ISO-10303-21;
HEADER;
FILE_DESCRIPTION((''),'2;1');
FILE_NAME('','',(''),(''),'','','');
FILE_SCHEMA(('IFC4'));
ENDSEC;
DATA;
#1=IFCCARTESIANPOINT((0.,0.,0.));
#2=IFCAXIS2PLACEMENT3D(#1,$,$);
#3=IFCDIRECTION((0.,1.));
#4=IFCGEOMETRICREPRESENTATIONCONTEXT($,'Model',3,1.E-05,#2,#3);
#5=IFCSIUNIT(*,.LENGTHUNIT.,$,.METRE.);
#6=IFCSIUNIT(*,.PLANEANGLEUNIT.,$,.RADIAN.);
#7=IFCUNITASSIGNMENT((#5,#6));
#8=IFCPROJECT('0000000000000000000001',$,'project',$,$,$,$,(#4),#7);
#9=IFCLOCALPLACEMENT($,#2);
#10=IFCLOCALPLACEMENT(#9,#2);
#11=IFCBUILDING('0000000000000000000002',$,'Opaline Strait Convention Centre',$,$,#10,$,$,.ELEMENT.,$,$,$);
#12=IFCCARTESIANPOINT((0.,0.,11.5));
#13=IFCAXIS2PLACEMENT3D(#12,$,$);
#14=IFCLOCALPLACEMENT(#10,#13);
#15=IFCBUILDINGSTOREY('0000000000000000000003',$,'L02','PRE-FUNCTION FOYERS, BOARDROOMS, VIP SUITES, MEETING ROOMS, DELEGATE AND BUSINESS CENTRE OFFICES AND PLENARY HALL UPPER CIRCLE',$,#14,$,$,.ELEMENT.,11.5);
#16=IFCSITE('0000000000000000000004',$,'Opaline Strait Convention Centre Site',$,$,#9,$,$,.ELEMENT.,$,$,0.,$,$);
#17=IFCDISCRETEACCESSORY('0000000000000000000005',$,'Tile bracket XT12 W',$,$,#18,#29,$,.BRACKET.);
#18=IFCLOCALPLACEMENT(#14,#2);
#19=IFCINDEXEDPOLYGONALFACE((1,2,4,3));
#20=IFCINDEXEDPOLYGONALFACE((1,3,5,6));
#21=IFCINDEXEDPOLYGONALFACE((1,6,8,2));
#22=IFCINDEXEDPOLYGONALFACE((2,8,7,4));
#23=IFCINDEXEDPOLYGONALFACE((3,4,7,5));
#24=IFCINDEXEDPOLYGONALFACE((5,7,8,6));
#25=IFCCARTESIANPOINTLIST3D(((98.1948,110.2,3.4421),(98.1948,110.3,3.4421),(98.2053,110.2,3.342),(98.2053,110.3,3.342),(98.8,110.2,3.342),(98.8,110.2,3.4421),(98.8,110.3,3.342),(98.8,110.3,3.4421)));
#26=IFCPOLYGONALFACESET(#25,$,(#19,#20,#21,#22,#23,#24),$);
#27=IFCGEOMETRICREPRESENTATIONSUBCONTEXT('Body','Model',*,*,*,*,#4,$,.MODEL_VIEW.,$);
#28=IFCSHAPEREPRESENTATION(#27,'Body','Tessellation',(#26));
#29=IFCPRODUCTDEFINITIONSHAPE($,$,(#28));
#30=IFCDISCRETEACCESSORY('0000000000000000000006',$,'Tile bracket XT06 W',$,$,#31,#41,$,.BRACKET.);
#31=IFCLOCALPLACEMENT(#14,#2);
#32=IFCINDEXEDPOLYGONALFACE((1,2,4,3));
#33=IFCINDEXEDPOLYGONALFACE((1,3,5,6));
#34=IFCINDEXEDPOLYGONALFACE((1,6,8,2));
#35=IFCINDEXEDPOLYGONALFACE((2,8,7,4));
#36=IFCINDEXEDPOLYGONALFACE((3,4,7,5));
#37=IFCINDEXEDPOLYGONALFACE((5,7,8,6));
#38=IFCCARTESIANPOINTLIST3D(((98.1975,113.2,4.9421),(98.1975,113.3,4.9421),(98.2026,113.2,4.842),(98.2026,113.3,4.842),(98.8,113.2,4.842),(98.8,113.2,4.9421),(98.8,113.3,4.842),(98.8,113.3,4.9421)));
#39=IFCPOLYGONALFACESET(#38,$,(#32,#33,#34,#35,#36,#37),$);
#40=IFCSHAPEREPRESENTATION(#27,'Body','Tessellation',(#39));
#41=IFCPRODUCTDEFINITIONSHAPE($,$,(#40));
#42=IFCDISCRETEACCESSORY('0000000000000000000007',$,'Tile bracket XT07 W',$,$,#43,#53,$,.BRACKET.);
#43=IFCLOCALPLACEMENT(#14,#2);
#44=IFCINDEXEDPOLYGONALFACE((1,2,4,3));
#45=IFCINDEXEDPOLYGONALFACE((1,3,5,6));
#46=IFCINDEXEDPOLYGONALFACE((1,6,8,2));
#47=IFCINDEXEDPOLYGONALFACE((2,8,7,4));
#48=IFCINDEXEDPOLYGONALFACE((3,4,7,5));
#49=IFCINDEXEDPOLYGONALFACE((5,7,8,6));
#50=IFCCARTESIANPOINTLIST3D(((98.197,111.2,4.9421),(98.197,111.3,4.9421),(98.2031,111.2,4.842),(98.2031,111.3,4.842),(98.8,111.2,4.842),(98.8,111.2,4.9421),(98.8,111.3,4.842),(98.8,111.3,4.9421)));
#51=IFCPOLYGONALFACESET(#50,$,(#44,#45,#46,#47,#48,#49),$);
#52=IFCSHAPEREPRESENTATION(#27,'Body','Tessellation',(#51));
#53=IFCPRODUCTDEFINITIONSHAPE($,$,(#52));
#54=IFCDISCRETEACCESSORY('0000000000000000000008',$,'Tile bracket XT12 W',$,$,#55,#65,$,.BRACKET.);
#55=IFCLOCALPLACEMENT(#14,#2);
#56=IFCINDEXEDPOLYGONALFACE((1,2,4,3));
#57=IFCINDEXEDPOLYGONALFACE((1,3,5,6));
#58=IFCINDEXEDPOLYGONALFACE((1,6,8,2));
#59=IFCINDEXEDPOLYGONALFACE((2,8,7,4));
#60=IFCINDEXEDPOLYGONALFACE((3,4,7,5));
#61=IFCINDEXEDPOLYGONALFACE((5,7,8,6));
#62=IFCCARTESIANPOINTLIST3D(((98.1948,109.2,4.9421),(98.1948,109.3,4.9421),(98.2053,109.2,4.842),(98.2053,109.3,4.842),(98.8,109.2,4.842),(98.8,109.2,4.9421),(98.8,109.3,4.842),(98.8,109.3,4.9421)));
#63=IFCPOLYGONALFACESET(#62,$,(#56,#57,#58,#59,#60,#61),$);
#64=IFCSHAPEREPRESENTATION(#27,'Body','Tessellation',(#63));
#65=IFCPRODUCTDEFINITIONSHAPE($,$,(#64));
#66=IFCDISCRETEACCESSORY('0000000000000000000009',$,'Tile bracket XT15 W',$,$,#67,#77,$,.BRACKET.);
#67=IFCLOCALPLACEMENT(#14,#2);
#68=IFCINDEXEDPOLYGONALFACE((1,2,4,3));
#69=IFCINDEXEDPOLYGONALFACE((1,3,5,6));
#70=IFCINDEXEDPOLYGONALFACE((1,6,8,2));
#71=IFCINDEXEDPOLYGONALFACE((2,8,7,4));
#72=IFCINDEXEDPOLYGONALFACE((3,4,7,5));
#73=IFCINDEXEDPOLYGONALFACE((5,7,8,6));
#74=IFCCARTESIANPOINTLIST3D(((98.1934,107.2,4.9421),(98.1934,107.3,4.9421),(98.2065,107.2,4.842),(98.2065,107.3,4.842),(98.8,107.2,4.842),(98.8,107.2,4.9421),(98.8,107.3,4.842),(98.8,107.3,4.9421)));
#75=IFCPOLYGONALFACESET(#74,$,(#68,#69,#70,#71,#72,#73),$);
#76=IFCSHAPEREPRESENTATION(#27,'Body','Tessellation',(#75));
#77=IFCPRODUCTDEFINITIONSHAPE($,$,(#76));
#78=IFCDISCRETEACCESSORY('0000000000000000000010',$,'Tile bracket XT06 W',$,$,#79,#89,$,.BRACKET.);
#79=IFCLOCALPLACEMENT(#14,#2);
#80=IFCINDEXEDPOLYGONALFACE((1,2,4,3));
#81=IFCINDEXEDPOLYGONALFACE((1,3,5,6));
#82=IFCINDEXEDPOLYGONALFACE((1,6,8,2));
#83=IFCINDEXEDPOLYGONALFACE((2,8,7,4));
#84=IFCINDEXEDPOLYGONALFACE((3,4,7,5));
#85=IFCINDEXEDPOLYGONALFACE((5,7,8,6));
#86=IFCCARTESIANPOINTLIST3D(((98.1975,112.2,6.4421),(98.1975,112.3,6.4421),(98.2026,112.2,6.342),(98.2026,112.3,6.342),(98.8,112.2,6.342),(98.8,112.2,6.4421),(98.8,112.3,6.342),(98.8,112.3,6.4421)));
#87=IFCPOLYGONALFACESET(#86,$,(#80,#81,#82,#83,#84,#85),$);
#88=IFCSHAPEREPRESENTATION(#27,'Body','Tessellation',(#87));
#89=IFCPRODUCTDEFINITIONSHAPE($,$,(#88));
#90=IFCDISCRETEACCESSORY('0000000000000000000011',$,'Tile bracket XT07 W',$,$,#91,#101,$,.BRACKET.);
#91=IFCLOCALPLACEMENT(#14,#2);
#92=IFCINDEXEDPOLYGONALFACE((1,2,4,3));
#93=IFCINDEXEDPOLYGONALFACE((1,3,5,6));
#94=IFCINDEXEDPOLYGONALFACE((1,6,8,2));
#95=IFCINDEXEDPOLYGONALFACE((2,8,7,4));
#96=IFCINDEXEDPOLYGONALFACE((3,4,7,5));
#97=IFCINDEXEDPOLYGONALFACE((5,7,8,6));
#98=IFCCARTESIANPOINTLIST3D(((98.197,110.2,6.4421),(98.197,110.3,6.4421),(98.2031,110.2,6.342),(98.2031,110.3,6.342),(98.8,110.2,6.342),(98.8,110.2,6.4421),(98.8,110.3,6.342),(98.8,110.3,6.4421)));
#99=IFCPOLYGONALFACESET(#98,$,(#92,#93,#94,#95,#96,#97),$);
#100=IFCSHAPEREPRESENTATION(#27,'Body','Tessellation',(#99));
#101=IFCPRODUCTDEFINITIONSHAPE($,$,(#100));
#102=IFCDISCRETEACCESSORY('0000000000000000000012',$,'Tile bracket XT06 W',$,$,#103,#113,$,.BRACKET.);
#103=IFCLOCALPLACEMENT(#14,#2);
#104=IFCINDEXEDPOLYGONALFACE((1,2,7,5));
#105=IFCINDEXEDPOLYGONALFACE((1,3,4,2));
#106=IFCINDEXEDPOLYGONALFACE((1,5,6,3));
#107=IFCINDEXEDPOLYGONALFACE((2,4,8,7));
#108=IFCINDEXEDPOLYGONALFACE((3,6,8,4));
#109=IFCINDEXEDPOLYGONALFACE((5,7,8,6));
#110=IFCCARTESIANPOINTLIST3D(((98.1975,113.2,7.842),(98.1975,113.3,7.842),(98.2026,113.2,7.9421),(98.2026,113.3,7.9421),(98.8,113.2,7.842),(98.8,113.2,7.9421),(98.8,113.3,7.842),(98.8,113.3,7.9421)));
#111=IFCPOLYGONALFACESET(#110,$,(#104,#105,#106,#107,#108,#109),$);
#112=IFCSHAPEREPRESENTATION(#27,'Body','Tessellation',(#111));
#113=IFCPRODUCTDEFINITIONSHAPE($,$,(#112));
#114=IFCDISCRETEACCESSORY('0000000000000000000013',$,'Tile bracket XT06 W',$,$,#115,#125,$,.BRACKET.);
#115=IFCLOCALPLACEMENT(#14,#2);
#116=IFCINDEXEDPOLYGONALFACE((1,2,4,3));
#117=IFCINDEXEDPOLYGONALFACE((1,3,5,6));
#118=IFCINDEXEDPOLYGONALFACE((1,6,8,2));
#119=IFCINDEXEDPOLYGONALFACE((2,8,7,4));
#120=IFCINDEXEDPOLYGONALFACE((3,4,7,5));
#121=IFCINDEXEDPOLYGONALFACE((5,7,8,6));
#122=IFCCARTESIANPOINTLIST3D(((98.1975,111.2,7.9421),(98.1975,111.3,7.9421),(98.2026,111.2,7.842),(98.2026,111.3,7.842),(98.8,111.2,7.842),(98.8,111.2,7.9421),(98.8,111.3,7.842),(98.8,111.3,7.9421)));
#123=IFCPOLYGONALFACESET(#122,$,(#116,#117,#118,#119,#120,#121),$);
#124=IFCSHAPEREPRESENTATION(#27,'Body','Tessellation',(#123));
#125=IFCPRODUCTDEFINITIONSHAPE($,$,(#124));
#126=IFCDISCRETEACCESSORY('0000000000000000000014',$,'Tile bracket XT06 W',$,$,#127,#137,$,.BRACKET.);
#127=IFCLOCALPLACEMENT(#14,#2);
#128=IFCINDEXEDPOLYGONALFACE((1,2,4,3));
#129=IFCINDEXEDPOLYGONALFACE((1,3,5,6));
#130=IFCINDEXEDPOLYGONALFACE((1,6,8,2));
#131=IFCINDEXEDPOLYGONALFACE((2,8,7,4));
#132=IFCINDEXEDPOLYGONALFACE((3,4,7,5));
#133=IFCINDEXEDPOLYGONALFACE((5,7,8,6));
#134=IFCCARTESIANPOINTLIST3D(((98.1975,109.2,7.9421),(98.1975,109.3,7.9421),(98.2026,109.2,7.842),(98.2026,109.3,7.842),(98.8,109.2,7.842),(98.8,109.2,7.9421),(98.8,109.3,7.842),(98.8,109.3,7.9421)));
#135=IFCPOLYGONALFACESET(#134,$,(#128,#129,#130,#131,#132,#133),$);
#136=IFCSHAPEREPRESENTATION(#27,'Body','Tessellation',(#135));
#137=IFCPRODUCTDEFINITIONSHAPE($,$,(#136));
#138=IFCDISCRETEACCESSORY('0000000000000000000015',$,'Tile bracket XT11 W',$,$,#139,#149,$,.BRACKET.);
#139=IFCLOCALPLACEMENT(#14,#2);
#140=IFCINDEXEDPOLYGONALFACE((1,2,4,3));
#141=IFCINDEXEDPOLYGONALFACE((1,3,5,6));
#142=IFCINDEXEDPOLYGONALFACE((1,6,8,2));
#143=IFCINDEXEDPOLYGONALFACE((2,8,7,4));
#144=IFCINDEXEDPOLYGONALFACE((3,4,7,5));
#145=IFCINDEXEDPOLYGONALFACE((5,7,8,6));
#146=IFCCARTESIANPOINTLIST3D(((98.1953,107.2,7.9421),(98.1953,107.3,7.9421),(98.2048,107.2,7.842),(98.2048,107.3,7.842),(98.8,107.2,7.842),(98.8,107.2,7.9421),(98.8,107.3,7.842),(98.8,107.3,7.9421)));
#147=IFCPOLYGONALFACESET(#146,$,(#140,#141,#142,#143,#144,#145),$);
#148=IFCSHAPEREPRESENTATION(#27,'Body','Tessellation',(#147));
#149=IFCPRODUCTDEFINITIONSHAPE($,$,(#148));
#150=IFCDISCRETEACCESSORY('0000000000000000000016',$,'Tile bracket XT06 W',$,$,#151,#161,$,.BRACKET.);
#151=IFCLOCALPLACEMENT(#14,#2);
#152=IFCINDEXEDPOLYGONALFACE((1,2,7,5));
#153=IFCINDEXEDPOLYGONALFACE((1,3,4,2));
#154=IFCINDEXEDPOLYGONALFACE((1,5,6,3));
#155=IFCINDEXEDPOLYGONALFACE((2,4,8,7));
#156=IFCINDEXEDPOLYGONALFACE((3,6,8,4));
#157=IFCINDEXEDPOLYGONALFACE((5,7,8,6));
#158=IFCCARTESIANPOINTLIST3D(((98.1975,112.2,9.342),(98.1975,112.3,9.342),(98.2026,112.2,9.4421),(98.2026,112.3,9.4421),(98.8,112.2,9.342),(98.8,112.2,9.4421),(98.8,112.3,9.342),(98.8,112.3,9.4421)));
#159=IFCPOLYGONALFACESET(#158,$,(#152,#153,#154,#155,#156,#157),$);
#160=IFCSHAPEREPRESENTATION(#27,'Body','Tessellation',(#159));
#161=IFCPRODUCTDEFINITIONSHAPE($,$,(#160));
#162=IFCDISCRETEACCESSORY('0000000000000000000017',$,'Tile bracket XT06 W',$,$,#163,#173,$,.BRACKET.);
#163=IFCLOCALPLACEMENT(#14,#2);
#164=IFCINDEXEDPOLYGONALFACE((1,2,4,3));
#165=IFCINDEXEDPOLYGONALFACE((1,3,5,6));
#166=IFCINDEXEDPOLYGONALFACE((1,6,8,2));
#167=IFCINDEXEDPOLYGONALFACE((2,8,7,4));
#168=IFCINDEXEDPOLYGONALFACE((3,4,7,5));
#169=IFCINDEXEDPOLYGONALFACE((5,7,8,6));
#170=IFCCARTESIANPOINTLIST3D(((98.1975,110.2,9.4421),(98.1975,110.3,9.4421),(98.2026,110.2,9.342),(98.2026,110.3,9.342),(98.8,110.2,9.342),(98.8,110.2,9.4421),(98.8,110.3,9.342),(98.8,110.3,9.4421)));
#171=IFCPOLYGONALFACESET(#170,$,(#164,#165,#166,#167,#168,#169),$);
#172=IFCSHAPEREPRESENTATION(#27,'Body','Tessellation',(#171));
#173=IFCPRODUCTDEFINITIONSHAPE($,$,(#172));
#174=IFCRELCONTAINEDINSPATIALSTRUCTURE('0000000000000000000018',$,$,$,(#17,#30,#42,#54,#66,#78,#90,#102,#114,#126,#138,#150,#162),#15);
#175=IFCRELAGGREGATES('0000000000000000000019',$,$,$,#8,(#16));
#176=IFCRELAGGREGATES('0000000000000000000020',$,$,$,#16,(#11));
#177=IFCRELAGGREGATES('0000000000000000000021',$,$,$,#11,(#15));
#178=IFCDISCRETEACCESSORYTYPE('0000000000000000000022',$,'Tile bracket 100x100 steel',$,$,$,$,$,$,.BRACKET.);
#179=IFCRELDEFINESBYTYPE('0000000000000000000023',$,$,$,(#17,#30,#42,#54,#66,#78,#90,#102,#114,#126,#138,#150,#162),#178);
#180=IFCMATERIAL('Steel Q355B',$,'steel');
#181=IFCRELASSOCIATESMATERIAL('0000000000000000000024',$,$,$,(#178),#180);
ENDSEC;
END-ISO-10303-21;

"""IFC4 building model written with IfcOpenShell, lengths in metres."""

from ifc_helpers import new_model, si_unit, direction, frame, origin, place, context, subcontext, project, spatial, polyline, outline, extrude, material, type_object, element, save


model = new_model("IFC4")

# Units and contexts
model_context = context("Model", 3, precision=1e-05, world=origin(), true_north=direction((0.0, 1.0)))
body_context = subcontext(model_context, "Body", "Model", "MODEL_VIEW")
ifc_project = project(units=[si_unit("LENGTHUNIT", "METRE"), si_unit("PLANEANGLEUNIT", "RADIAN")], contexts=[model_context])

# Site, building, storey
site_placement = place(None, origin())
site = spatial("IfcSite", under=ifc_project, at=site_placement, Name="Opaline Strait Convention Centre Site", CompositionType="ELEMENT", RefElevation=0.0)
building_placement = place(site_placement, origin())
building = spatial("IfcBuilding", under=site, at=building_placement, Name="Opaline Strait Convention Centre", CompositionType="ELEMENT")
storey_placement = place(building_placement, frame((0.0, 0.0, 11.5)))
storey = spatial("IfcBuildingStorey", under=building, at=storey_placement, Name="L02", Description="PRE-FUNCTION FOYERS, BOARDROOMS, VIP SUITES, MEETING ROOMS, DELEGATE AND BUSINESS CENTRE OFFICES AND PLENARY HALL UPPER CIRCLE", CompositionType="ELEMENT", Elevation=11.5)

# Shared definitions
ifc_material_1 = material(Name="Steel Q355B", Category="steel")

# Discrete accessories
discrete_accessory_type = type_object("IfcDiscreteAccessoryType", Name="Tile bracket 100x100 steel", PredefinedType="BRACKET", material=ifc_material_1)
discrete_accessory_1_placement = place(storey_placement, frame((98.8, 110.3, 3.3921), z_axis=(0.0, -1.0, 0.0), x_axis=(1.0, 0.0, 0.0)))
element("IfcDiscreteAccessory", 1, at=discrete_accessory_1_placement, inside=storey, type_object=discrete_accessory_type, Name="Tile bracket XT12 W", PredefinedType="BRACKET", context=body_context, shape_type="SweptSolid", body=[
    extrude(outline(polyline([(0.0, -0.05), (0.0, 0.05), (-0.6052, 0.05), (-0.5947, -0.05), (0.0, -0.05)])), origin(), (0.0, 0.0, 1.0), 0.1001),
])
discrete_accessory_2_placement = place(storey_placement, frame((98.8, 113.3, 4.8921), z_axis=(0.0, -1.0, 0.0), x_axis=(1.0, 0.0, 0.0)))
element("IfcDiscreteAccessory", 2, at=discrete_accessory_2_placement, inside=storey, type_object=discrete_accessory_type, Name="Tile bracket XT06 W", PredefinedType="BRACKET", context=body_context, shape_type="SweptSolid", body=[
    extrude(outline(polyline([(0.0, -0.05), (0.0, 0.05), (-0.6025, 0.05), (-0.5974, -0.05), (0.0, -0.05)])), origin(), (0.0, 0.0, 1.0), 0.1001),
])
discrete_accessory_3_placement = place(storey_placement, frame((98.8, 111.3, 4.8921), z_axis=(0.0, -1.0, 0.0), x_axis=(1.0, 0.0, 0.0)))
element("IfcDiscreteAccessory", 3, at=discrete_accessory_3_placement, inside=storey, type_object=discrete_accessory_type, Name="Tile bracket XT07 W", PredefinedType="BRACKET", context=body_context, shape_type="SweptSolid", body=[
    extrude(outline(polyline([(0.0, -0.05), (0.0, 0.05), (-0.603, 0.05), (-0.5969, -0.05), (0.0, -0.05)])), origin(), (0.0, 0.0, 1.0), 0.1001),
])
discrete_accessory_4_placement = place(storey_placement, frame((98.8, 109.3, 4.8921), z_axis=(0.0, -1.0, 0.0), x_axis=(1.0, 0.0, 0.0)))
element("IfcDiscreteAccessory", 4, at=discrete_accessory_4_placement, inside=storey, type_object=discrete_accessory_type, Name="Tile bracket XT12 W", PredefinedType="BRACKET", context=body_context, shape_type="SweptSolid", body=[
    extrude(outline(polyline([(0.0, -0.05), (0.0, 0.05), (-0.6052, 0.05), (-0.5947, -0.05), (0.0, -0.05)])), origin(), (0.0, 0.0, 1.0), 0.1001),
])
discrete_accessory_5_placement = place(storey_placement, frame((98.8, 107.3, 4.8921), z_axis=(0.0, -1.0, 0.0), x_axis=(1.0, 0.0, 0.0)))
element("IfcDiscreteAccessory", 5, at=discrete_accessory_5_placement, inside=storey, type_object=discrete_accessory_type, Name="Tile bracket XT15 W", PredefinedType="BRACKET", context=body_context, shape_type="SweptSolid", body=[
    extrude(outline(polyline([(0.0, -0.05), (0.0, 0.05), (-0.6067, 0.05), (-0.5935, -0.05), (0.0, -0.05)])), origin(), (0.0, 0.0, 1.0), 0.1001),
])
discrete_accessory_6_placement = place(storey_placement, frame((98.8, 112.3, 6.3921), z_axis=(0.0, -1.0, 0.0), x_axis=(1.0, 0.0, 0.0)))
element("IfcDiscreteAccessory", 6, at=discrete_accessory_6_placement, inside=storey, type_object=discrete_accessory_type, Name="Tile bracket XT06 W", PredefinedType="BRACKET", context=body_context, shape_type="SweptSolid", body=[
    extrude(outline(polyline([(0.0, -0.05), (0.0, 0.05), (-0.6025, 0.05), (-0.5974, -0.05), (0.0, -0.05)])), origin(), (0.0, 0.0, 1.0), 0.1001),
])
discrete_accessory_7_placement = place(storey_placement, frame((98.8, 110.3, 6.3921), z_axis=(0.0, -1.0, 0.0), x_axis=(1.0, 0.0, 0.0)))
element("IfcDiscreteAccessory", 7, at=discrete_accessory_7_placement, inside=storey, type_object=discrete_accessory_type, Name="Tile bracket XT07 W", PredefinedType="BRACKET", context=body_context, shape_type="SweptSolid", body=[
    extrude(outline(polyline([(0.0, -0.05), (0.0, 0.05), (-0.603, 0.05), (-0.5969, -0.05), (0.0, -0.05)])), origin(), (0.0, 0.0, 1.0), 0.1001),
])
discrete_accessory_8_placement = place(storey_placement, frame((98.8, 113.3, 7.8921), z_axis=(0.0, -1.0, 0.0), x_axis=(1.0, 0.0, 0.0)))
element("IfcDiscreteAccessory", 8, at=discrete_accessory_8_placement, inside=storey, type_object=discrete_accessory_type, Name="Tile bracket XT06 W", PredefinedType="BRACKET", context=body_context, shape_type="SweptSolid", body=[
    extrude(outline(polyline([(0.0, -0.05), (0.0, 0.05), (-0.5974, 0.05), (-0.6025, -0.05), (0.0, -0.05)])), origin(), (0.0, 0.0, 1.0), 0.1001),
])
for number, where, z_axis, x_axis, name in (
    (9, (98.8, 111.3, 7.8921), (0.0, -1.0, 0.0), (1.0, 0.0, 0.0), "Tile bracket XT06 W"),
    (10, (98.8, 109.3, 7.8921), (0.0, -1.0, 0.0), (1.0, 0.0, 0.0), "Tile bracket XT06 W"),
):
    element("IfcDiscreteAccessory", number, at=place(storey_placement, frame(where, z_axis=z_axis, x_axis=x_axis)), inside=storey, type_object=discrete_accessory_type, Name=name, PredefinedType="BRACKET", context=body_context, shape_type="SweptSolid", body=[
        extrude(outline(polyline([(0.0, -0.05), (0.0, 0.05), (-0.6025, 0.05), (-0.5974, -0.05), (0.0, -0.05)])), origin(), (0.0, 0.0, 1.0), 0.1001),
    ])
discrete_accessory_9_placement = place(storey_placement, frame((98.8, 107.3, 7.8921), z_axis=(0.0, -1.0, 0.0), x_axis=(1.0, 0.0, 0.0)))
element("IfcDiscreteAccessory", 11, at=discrete_accessory_9_placement, inside=storey, type_object=discrete_accessory_type, Name="Tile bracket XT11 W", PredefinedType="BRACKET", context=body_context, shape_type="SweptSolid", body=[
    extrude(outline(polyline([(0.0, -0.05), (0.0, 0.05), (-0.6047, 0.05), (-0.5952, -0.05), (0.0, -0.05)])), origin(), (0.0, 0.0, 1.0), 0.1001),
])
discrete_accessory_10_placement = place(storey_placement, frame((98.8, 112.3, 9.3921), z_axis=(0.0, -1.0, 0.0), x_axis=(1.0, 0.0, 0.0)))
element("IfcDiscreteAccessory", 12, at=discrete_accessory_10_placement, inside=storey, type_object=discrete_accessory_type, Name="Tile bracket XT06 W", PredefinedType="BRACKET", context=body_context, shape_type="SweptSolid", body=[
    extrude(outline(polyline([(0.0, -0.05), (0.0, 0.05), (-0.5974, 0.05), (-0.6025, -0.05), (0.0, -0.05)])), origin(), (0.0, 0.0, 1.0), 0.1001),
])
discrete_accessory_11_placement = place(storey_placement, frame((98.8, 110.3, 9.3921), z_axis=(0.0, -1.0, 0.0), x_axis=(1.0, 0.0, 0.0)))
element("IfcDiscreteAccessory", 13, at=discrete_accessory_11_placement, inside=storey, type_object=discrete_accessory_type, Name="Tile bracket XT06 W", PredefinedType="BRACKET", context=body_context, shape_type="SweptSolid", body=[
    extrude(outline(polyline([(0.0, -0.05), (0.0, 0.05), (-0.6025, 0.05), (-0.5974, -0.05), (0.0, -0.05)])), origin(), (0.0, 0.0, 1.0), 0.1001),
])

save(model, "model.ifc")
